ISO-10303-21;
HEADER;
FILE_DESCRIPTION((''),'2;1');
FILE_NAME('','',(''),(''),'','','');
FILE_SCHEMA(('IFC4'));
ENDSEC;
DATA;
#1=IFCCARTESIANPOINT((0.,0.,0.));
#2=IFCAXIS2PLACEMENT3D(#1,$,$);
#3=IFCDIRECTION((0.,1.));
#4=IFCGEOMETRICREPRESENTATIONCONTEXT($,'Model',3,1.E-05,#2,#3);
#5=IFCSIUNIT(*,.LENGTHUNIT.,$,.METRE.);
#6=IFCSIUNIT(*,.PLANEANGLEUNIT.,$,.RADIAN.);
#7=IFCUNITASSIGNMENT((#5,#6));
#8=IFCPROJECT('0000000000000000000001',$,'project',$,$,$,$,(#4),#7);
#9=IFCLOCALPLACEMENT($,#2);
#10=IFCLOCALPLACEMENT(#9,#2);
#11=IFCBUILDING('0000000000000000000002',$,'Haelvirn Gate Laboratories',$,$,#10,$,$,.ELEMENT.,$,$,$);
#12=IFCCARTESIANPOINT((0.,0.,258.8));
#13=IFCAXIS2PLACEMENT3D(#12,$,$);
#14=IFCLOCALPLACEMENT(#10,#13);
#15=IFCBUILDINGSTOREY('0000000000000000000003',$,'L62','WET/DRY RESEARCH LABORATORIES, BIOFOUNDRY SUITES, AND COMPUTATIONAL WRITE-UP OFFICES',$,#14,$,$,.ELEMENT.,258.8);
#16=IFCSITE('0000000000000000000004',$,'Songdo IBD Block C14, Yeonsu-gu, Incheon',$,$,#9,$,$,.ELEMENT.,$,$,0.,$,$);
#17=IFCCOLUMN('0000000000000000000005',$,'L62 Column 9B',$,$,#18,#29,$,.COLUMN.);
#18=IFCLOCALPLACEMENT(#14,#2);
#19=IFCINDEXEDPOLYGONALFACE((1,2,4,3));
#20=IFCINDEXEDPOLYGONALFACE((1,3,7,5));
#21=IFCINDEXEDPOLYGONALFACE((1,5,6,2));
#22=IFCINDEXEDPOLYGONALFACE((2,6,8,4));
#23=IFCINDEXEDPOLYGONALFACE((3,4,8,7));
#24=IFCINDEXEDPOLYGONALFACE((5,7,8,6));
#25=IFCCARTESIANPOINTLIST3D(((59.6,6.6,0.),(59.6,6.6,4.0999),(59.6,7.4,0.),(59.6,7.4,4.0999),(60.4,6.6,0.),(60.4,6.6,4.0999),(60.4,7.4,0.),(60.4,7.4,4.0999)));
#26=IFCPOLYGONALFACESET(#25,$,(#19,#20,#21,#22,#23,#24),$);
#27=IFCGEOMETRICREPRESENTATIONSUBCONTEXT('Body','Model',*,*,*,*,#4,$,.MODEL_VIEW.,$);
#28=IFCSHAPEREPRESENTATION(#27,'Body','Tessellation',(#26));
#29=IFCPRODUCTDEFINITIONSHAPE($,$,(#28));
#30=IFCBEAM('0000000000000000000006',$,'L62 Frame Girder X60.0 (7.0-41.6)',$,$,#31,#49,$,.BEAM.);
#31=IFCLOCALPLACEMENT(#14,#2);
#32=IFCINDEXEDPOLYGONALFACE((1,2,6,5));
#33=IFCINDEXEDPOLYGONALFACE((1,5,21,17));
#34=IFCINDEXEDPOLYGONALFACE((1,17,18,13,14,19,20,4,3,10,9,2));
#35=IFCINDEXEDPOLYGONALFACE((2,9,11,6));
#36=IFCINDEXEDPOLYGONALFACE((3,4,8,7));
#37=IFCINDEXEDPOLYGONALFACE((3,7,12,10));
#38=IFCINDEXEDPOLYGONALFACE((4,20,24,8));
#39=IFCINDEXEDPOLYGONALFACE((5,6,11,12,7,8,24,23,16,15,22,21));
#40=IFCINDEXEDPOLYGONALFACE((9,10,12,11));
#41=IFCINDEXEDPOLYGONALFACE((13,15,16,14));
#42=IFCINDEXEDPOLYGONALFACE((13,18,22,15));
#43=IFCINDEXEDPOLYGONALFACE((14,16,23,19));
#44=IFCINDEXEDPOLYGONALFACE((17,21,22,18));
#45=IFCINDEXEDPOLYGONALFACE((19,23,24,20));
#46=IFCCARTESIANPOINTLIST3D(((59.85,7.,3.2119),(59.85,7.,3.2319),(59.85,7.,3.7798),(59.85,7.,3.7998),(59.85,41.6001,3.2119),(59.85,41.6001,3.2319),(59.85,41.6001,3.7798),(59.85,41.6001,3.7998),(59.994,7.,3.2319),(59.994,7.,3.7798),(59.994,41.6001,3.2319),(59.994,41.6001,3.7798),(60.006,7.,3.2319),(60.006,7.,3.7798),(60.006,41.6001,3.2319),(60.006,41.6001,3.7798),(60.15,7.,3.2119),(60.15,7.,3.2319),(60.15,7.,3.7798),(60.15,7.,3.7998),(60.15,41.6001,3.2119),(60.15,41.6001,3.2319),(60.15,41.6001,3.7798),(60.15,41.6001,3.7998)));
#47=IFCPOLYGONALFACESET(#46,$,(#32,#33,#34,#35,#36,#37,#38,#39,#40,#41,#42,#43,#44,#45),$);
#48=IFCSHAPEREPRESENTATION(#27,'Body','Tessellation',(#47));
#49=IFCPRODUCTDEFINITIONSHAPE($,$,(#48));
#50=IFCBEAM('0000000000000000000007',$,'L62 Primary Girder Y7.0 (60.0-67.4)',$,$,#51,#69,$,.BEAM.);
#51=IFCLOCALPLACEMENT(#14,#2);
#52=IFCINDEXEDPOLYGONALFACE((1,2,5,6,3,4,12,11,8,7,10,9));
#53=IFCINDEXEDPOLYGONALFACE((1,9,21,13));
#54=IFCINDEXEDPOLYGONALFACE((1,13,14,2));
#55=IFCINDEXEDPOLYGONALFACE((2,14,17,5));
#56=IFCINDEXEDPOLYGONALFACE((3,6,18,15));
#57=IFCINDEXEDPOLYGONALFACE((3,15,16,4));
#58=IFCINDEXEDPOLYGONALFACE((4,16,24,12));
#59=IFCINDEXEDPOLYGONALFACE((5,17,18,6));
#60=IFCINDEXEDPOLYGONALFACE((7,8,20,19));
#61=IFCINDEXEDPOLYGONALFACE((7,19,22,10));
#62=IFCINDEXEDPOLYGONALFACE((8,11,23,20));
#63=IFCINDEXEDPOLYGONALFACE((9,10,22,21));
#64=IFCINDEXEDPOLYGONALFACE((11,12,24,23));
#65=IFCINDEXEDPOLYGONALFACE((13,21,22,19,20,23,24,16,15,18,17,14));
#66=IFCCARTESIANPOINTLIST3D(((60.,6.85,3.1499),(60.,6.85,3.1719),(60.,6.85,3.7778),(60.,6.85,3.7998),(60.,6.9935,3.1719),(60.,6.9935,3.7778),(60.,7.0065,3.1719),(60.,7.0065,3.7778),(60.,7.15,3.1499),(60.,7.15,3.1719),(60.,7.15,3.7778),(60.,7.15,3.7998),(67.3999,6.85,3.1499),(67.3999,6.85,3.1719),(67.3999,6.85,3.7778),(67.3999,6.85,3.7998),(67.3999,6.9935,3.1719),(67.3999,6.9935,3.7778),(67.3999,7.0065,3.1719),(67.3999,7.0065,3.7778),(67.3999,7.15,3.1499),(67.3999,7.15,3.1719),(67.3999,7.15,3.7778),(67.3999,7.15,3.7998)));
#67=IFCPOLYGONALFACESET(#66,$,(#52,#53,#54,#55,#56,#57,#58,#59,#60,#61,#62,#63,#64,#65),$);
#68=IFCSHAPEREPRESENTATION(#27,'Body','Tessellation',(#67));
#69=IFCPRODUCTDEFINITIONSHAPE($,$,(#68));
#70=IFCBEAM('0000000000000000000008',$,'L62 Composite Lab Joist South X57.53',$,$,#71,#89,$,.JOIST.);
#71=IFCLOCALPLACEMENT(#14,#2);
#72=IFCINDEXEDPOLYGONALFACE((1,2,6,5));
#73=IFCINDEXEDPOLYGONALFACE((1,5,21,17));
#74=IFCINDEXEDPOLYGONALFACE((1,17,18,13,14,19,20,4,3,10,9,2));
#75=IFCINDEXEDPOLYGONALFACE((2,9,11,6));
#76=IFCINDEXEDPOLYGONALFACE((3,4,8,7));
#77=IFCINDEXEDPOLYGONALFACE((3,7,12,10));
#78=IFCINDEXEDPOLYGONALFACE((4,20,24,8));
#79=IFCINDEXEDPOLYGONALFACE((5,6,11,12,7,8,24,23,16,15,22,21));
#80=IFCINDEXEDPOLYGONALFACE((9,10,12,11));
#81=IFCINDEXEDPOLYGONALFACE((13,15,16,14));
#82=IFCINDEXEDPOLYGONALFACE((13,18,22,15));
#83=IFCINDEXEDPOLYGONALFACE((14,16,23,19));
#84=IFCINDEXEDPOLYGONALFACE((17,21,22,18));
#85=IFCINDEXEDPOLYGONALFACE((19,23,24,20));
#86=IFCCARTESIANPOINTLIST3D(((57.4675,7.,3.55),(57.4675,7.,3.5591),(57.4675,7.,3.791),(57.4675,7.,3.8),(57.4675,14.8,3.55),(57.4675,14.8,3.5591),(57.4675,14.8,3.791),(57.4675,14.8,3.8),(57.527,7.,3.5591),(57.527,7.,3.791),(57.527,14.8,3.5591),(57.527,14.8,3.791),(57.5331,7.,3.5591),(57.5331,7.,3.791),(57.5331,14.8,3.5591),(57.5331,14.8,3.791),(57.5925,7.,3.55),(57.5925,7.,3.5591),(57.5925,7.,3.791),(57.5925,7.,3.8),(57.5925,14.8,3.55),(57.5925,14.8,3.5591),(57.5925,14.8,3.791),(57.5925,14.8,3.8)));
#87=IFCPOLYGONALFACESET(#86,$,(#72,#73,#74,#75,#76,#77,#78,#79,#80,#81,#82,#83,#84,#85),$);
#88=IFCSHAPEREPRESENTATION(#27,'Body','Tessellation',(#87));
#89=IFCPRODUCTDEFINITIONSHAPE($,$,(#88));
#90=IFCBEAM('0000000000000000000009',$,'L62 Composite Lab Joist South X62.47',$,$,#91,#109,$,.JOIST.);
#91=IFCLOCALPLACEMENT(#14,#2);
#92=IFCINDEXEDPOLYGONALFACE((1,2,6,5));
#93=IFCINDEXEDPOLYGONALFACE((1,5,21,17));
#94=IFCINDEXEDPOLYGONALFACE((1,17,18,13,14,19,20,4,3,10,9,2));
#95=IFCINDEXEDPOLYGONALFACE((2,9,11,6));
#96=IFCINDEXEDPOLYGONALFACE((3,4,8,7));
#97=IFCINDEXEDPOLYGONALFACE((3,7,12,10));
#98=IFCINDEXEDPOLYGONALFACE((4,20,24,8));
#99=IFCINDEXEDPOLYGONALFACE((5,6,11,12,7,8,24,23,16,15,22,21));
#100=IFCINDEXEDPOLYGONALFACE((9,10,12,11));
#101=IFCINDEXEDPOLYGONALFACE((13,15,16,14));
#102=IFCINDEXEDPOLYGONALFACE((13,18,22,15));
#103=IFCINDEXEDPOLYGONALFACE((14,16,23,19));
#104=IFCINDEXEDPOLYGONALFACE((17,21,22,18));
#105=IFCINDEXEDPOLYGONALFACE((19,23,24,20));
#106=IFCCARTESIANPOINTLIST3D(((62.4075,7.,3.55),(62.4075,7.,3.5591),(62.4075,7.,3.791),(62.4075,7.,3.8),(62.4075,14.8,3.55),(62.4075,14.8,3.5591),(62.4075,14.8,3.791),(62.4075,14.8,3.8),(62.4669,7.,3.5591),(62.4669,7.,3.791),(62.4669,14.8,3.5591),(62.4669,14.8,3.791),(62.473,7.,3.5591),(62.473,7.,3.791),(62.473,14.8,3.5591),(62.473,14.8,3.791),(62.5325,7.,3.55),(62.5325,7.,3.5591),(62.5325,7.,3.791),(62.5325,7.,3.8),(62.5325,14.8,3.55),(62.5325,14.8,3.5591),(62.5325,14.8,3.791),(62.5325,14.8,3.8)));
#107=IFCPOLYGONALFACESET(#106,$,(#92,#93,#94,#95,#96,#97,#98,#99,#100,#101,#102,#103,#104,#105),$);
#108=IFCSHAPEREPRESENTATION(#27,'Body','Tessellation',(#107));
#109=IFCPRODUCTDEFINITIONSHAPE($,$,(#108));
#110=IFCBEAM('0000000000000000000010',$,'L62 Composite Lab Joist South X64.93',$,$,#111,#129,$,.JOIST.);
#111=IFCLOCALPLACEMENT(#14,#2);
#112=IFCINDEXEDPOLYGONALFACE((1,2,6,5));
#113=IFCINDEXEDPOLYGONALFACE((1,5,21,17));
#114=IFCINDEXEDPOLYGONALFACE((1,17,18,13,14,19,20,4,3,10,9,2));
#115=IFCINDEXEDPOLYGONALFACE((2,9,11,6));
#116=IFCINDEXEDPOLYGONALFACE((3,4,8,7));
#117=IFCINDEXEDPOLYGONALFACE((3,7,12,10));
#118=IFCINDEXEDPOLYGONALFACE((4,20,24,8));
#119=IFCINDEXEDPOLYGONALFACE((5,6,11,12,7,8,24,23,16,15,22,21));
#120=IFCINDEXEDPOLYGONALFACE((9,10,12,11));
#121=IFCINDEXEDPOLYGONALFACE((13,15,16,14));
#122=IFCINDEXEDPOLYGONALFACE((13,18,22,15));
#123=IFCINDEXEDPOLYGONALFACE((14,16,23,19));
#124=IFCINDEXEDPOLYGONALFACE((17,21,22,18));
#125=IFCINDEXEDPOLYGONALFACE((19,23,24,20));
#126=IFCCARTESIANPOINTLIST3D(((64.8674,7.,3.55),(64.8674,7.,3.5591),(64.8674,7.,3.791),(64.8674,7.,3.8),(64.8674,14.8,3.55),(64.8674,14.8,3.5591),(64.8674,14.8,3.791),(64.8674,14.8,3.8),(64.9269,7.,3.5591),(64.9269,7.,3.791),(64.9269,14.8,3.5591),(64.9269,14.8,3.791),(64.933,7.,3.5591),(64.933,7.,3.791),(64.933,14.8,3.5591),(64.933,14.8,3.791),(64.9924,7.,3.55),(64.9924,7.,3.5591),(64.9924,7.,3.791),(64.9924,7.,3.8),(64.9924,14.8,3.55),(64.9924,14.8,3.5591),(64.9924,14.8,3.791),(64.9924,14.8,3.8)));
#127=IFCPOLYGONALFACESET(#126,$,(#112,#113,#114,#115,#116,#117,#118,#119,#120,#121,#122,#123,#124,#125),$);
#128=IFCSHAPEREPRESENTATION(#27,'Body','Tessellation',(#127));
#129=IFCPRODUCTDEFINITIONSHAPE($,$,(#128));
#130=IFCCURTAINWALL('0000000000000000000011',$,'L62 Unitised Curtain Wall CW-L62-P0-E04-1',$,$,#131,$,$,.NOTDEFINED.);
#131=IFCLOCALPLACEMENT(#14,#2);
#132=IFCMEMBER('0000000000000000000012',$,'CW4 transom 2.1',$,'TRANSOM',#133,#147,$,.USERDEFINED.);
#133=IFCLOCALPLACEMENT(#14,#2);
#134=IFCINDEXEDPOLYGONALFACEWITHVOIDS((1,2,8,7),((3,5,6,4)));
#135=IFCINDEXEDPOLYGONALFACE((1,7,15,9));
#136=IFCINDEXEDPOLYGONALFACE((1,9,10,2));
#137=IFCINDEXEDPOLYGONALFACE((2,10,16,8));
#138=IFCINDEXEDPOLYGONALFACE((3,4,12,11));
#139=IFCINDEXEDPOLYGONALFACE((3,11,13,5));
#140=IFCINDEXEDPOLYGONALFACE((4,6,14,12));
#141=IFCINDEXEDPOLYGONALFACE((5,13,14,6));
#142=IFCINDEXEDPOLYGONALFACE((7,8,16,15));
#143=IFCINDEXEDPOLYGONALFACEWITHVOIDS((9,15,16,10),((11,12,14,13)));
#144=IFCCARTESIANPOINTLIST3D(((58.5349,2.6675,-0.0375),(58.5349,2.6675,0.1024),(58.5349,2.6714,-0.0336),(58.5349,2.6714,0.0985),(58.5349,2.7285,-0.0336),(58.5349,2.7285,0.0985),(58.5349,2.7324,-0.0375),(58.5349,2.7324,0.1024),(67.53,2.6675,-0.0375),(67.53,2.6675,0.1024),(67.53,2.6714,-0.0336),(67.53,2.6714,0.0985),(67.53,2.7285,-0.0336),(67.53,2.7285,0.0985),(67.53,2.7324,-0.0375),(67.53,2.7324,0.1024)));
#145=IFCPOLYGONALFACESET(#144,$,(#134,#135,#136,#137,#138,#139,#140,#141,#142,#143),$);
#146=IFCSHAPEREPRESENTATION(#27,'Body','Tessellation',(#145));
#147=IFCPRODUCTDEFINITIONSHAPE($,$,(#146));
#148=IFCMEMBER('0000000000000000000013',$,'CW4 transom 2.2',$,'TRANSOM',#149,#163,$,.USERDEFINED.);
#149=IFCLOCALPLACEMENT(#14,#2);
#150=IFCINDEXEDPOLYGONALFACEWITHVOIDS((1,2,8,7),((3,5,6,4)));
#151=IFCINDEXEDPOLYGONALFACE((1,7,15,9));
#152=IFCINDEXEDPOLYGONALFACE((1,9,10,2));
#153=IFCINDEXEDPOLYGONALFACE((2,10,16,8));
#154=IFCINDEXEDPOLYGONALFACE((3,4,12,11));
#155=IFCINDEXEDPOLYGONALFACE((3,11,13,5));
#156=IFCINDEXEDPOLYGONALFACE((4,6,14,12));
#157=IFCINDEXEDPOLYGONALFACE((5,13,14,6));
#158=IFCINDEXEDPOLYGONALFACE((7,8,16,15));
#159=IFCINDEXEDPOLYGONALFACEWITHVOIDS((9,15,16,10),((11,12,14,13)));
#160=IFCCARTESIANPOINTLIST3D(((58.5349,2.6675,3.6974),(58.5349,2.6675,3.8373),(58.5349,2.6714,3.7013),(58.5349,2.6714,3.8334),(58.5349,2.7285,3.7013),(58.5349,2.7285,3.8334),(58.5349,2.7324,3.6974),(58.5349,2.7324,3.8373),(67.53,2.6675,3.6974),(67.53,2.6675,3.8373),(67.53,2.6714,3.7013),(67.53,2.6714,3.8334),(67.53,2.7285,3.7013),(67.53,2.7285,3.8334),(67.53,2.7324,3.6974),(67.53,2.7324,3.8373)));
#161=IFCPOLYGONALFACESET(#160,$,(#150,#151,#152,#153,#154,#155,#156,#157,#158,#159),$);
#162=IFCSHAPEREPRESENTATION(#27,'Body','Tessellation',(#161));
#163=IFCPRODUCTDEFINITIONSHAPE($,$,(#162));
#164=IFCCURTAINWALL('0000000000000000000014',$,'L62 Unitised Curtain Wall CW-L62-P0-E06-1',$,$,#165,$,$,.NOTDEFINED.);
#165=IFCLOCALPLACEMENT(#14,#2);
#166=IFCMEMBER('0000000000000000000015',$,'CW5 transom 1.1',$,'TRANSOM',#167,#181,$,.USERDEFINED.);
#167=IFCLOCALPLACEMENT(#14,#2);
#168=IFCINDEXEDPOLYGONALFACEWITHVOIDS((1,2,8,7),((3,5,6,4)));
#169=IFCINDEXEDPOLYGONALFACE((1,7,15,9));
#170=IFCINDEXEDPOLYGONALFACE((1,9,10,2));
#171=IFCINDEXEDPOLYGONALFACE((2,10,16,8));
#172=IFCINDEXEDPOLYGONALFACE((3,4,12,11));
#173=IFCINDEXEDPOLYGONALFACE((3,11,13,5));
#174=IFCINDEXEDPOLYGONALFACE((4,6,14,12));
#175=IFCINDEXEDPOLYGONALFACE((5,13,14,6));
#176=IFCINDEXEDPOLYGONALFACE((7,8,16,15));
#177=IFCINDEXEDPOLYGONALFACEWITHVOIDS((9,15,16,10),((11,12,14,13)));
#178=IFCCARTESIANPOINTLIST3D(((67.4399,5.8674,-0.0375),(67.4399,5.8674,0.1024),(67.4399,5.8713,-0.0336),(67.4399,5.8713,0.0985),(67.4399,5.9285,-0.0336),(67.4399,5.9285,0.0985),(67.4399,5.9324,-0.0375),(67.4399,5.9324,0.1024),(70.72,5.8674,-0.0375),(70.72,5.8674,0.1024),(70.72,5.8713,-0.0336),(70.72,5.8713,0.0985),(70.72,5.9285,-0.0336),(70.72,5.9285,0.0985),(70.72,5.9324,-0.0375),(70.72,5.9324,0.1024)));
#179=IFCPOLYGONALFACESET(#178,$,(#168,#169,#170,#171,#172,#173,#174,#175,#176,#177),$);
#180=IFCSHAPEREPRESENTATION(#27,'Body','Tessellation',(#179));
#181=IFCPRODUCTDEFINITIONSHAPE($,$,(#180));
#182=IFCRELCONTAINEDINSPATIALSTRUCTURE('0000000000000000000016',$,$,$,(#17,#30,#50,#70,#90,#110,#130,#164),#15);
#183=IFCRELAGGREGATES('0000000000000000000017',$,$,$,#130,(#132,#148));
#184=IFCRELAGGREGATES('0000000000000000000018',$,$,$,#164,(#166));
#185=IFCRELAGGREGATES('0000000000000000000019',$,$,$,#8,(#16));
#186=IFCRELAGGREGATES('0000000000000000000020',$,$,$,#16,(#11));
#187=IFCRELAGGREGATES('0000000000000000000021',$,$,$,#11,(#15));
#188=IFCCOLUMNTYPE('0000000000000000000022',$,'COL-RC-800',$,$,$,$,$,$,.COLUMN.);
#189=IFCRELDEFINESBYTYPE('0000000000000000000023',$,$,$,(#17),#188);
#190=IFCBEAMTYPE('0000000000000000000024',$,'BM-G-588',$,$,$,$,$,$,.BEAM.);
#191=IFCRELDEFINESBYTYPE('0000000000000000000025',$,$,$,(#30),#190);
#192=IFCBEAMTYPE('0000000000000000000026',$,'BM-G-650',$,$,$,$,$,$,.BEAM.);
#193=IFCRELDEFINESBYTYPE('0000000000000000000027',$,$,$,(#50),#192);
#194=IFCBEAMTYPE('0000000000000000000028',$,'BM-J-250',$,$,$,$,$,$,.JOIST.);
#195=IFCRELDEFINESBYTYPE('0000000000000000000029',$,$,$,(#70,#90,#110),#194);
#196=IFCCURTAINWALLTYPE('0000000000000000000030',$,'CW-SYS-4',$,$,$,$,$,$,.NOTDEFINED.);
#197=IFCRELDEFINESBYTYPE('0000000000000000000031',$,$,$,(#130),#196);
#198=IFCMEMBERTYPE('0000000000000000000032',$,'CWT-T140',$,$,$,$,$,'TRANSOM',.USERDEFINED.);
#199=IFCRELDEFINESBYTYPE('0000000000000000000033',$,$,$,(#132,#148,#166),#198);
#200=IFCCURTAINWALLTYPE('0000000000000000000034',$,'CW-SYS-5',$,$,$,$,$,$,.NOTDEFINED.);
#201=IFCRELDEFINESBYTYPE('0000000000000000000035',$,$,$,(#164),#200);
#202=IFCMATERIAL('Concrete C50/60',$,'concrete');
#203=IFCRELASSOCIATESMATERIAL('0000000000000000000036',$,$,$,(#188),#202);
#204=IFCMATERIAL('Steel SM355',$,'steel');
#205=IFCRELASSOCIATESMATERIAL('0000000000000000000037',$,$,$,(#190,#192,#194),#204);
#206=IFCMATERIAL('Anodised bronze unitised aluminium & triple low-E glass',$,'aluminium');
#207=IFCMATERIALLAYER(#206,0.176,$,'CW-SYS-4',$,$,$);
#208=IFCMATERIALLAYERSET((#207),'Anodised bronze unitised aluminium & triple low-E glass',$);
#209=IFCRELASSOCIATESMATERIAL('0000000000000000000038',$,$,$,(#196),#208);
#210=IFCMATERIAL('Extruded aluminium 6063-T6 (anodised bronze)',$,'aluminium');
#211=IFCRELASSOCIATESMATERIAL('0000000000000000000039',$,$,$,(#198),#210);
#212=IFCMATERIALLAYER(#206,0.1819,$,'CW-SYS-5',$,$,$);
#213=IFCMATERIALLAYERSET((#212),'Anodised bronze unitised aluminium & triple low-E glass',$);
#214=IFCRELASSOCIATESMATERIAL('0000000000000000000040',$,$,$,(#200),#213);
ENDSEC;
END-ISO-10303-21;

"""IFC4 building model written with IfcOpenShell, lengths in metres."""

from ifc_helpers import new_model, si_unit, direction, frame, origin, origin_2d, place, context, subcontext, project, spatial, rectangle, hollow_rectangle, i_section, extrude, source, transform, mapped, material, layer, layer_set, material_profile, profile_set, type_object, type_shapes, element, aggregate, save


model = new_model("IFC4")

# Units and contexts
model_context = context("Model", 3, precision=1e-05, world=origin(), true_north=direction((0.0, 1.0)))
body_context = subcontext(model_context, "Body", "Model", "MODEL_VIEW")
ifc_project = project(units=[si_unit("LENGTHUNIT", "METRE"), si_unit("PLANEANGLEUNIT", "RADIAN")], contexts=[model_context])

# Site, building, storey
site_placement = place(None, origin())
site = spatial("IfcSite", under=ifc_project, at=site_placement, Name="Songdo IBD Block C14, Yeonsu-gu, Incheon", CompositionType="ELEMENT", RefElevation=0.0)
building_placement = place(site_placement, origin())
building = spatial("IfcBuilding", under=site, at=building_placement, Name="Haelvirn Gate Laboratories", CompositionType="ELEMENT")
storey_placement = place(building_placement, frame((0.0, 0.0, 258.8)))
storey = spatial("IfcBuildingStorey", under=building, at=storey_placement, Name="L62", Description="WET/DRY RESEARCH LABORATORIES, BIOFOUNDRY SUITES, AND COMPUTATIONAL WRITE-UP OFFICES", CompositionType="ELEMENT", Elevation=258.8)

# Column
ifc_material_1 = material(Name="Concrete C50/60", Category="concrete")
ifc_material_profile_1 = material_profile(ifc_material_1, rectangle(XDim=0.8, YDim=0.8, at=origin_2d()), Name="RC-800x800")
ifc_profile_set_1 = profile_set([ifc_material_profile_1], Name="Concrete C50/60")
column_type = type_object("IfcColumnType", Name="COL-RC-800", PredefinedType="COLUMN", material=ifc_profile_set_1)
shared_shape_1 = source(origin(), body_context, "Body", "SweptSolid", [
    extrude(rectangle(XDim=0.8, YDim=0.8, at=origin_2d()), origin(), (0.0, 0.0, 1.0), 4.0999),
])
type_shapes(column_type, [shared_shape_1])
column_placement = place(storey_placement, frame((60.0, 7.0, 0.0), z_axis=(0.0, 0.0, 1.0), x_axis=(1.0, 0.0, 0.0)))
element("IfcColumn", 1, at=column_placement, inside=storey, type_object=column_type, Name="L62 Column 9B", PredefinedType="COLUMN", context=body_context, shape_type="MappedRepresentation", body=[
    mapped(shared_shape_1, transform((0.0, 0.0, 0.0), scale=1.0)),
])

# Beams
ifc_material_2 = material(Name="Steel SM355", Category="steel")
ifc_material_profile_2 = material_profile(ifc_material_2, i_section(OverallWidth=0.3, OverallDepth=0.5879, WebThickness=0.012, FlangeThickness=0.02, at=origin_2d()), Name="H-588x300x12x20")
ifc_profile_set_2 = profile_set([ifc_material_profile_2], Name="Steel SM355")
beam_type_1 = type_object("IfcBeamType", Name="BM-G-588", PredefinedType="BEAM", material=ifc_profile_set_2)
shared_shape_2 = source(origin(), body_context, "Body", "SweptSolid", [
    extrude(i_section(OverallWidth=0.3, OverallDepth=0.5879, WebThickness=0.012, FlangeThickness=0.02, at=origin_2d()), origin(), (0.0, 0.0, 1.0), 34.6001),
])
type_shapes(beam_type_1, [shared_shape_2])
beam_1_placement = place(storey_placement, frame((60.0, 7.0, 3.5059), z_axis=(0.0, 1.0, 0.0), x_axis=(-1.0, 0.0, 0.0)))
element("IfcBeam", 2, at=beam_1_placement, inside=storey, type_object=beam_type_1, Name="L62 Frame Girder X60.0 (7.0-41.6)", PredefinedType="BEAM", context=body_context, shape_type="MappedRepresentation", body=[
    mapped(shared_shape_2, transform((0.0, 0.0, 0.0), scale=1.0)),
])
ifc_material_profile_3 = material_profile(ifc_material_2, i_section(OverallWidth=0.3, OverallDepth=0.6499, WebThickness=0.0129, FlangeThickness=0.022, at=origin_2d()), Name="H-650x300x13x22")
ifc_profile_set_3 = profile_set([ifc_material_profile_3], Name="Steel SM355")
beam_type_2 = type_object("IfcBeamType", Name="BM-G-650", PredefinedType="BEAM", material=ifc_profile_set_3)
shared_shape_3 = source(origin(), body_context, "Body", "SweptSolid", [
    extrude(i_section(OverallWidth=0.3, OverallDepth=0.6499, WebThickness=0.0129, FlangeThickness=0.022, at=origin_2d()), origin(), (0.0, 0.0, 1.0), 7.3999),
])
type_shapes(beam_type_2, [shared_shape_3])
beam_2_placement = place(storey_placement, frame((60.0, 7.0, 3.4749), z_axis=(1.0, 0.0, 0.0), x_axis=(0.0, 1.0, 0.0)))
element("IfcBeam", 3, at=beam_2_placement, inside=storey, type_object=beam_type_2, Name="L62 Primary Girder Y7.0 (60.0-67.4)", PredefinedType="BEAM", context=body_context, shape_type="MappedRepresentation", body=[
    mapped(shared_shape_3, transform((0.0, 0.0, 0.0), scale=1.0)),
])
ifc_material_profile_4 = material_profile(ifc_material_2, i_section(OverallWidth=0.125, OverallDepth=0.25, WebThickness=0.0061, FlangeThickness=0.009, at=origin_2d()), Name="H-250x125x6x9")
ifc_profile_set_4 = profile_set([ifc_material_profile_4], Name="Steel SM355")
beam_type_3 = type_object("IfcBeamType", Name="BM-J-250", PredefinedType="JOIST", material=ifc_profile_set_4)
shared_shape_4 = source(origin(), body_context, "Body", "SweptSolid", [
    extrude(i_section(OverallWidth=0.125, OverallDepth=0.25, WebThickness=0.0061, FlangeThickness=0.009, at=origin_2d()), origin(), (0.0, 0.0, 1.0), 7.8),
])
type_shapes(beam_type_3, [shared_shape_4])
for number, where, z_axis, x_axis, name in (
    (4, (57.53, 7.0, 3.675), (0.0, 1.0, 0.0), (-1.0, 0.0, 0.0), "L62 Composite Lab Joist South X57.53"),
    (5, (62.47, 7.0, 3.675), (0.0, 1.0, 0.0), (-1.0, 0.0, 0.0), "L62 Composite Lab Joist South X62.47"),
    (6, (64.9299, 7.0, 3.675), (0.0, 1.0, 0.0), (-1.0, 0.0, 0.0), "L62 Composite Lab Joist South X64.93"),
):
    element("IfcBeam", number, at=place(storey_placement, frame(where, z_axis=z_axis, x_axis=x_axis)), inside=storey, type_object=beam_type_3, Name=name, PredefinedType="JOIST", context=body_context, shape_type="MappedRepresentation", body=[
        mapped(shared_shape_4, transform((0.0, 0.0, 0.0), scale=1.0)),
    ])

# Curtain walls, members
ifc_material_3 = material(Name="Anodised bronze unitised aluminium & triple low-E glass", Category="aluminium")
ifc_layer_1 = layer(ifc_material_3, 0.176, Name="CW-SYS-4")
ifc_layer_set_1 = layer_set([ifc_layer_1], Name="Anodised bronze unitised aluminium & triple low-E glass")
curtain_wall_type_1 = type_object("IfcCurtainWallType", Name="CW-SYS-4", PredefinedType="NOTDEFINED", material=ifc_layer_set_1)
curtain_wall_1_placement = place(storey_placement, origin())
curtain_wall_1 = element("IfcCurtainWall", 7, at=curtain_wall_1_placement, inside=storey, type_object=curtain_wall_type_1, Name="L62 Unitised Curtain Wall CW-L62-P0-E04-1", PredefinedType="NOTDEFINED")
ifc_material_4 = material(Name="Extruded aluminium 6063-T6 (anodised bronze)", Category="aluminium")
ifc_material_profile_5 = material_profile(ifc_material_4, hollow_rectangle(XDim=0.0649, YDim=0.1399, WallThickness=0.0039, at=origin_2d()), Name="CWT-140x65x4")
ifc_profile_set_5 = profile_set([ifc_material_profile_5], Name="Extruded aluminium 6063-T6 (anodised bronze)")
member_type_1 = type_object("IfcMemberType", Name="CWT-T140", ElementType="TRANSOM", PredefinedType="USERDEFINED", material=ifc_profile_set_5)
shared_shape_5 = source(origin(), body_context, "Body", "SweptSolid", [
    extrude(hollow_rectangle(XDim=0.0649, YDim=0.1399, WallThickness=0.0039, at=origin_2d()), origin(), (0.0, 0.0, 1.0), 8.9951),
])
member_1_placement = place(storey_placement, frame((58.5349, 2.7, 0.0325), z_axis=(1.0, 0.0, 0.0), x_axis=(0.0, 1.0, 0.0)))
member_1 = element("IfcMember", 8, at=member_1_placement, type_object=member_type_1, Name="CW4 transom 2.1", ObjectType="TRANSOM", PredefinedType="USERDEFINED", context=body_context, shape_type="MappedRepresentation", body=[
    mapped(shared_shape_5, transform((0.0, 0.0, 0.0), scale=1.0)),
])
member_2_placement = place(storey_placement, frame((58.5349, 2.7, 3.7673), z_axis=(1.0, 0.0, 0.0), x_axis=(0.0, 1.0, 0.0)))
member_2 = element("IfcMember", 9, at=member_2_placement, type_object=member_type_1, Name="CW4 transom 2.2", ObjectType="TRANSOM", PredefinedType="USERDEFINED", context=body_context, shape_type="MappedRepresentation", body=[
    mapped(shared_shape_5, transform((0.0, 0.0, 0.0), scale=1.0)),
])
ifc_layer_2 = layer(ifc_material_3, 0.1819, Name="CW-SYS-5")
ifc_layer_set_2 = layer_set([ifc_layer_2], Name="Anodised bronze unitised aluminium & triple low-E glass")
curtain_wall_type_2 = type_object("IfcCurtainWallType", Name="CW-SYS-5", PredefinedType="NOTDEFINED", material=ifc_layer_set_2)
curtain_wall_2_placement = place(storey_placement, origin())
curtain_wall_2 = element("IfcCurtainWall", 10, at=curtain_wall_2_placement, inside=storey, type_object=curtain_wall_type_2, Name="L62 Unitised Curtain Wall CW-L62-P0-E06-1", PredefinedType="NOTDEFINED")
shared_shape_6 = source(origin(), body_context, "Body", "SweptSolid", [
    extrude(hollow_rectangle(XDim=0.0649, YDim=0.1399, WallThickness=0.0039, at=origin_2d()), origin(), (0.0, 0.0, 1.0), 3.28),
])
member_3_placement = place(storey_placement, frame((67.4399, 5.8999, 0.0325), z_axis=(1.0, 0.0, 0.0), x_axis=(0.0, 1.0, 0.0)))
member_3 = element("IfcMember", 11, at=member_3_placement, type_object=member_type_1, Name="CW5 transom 1.1", ObjectType="TRANSOM", PredefinedType="USERDEFINED", context=body_context, shape_type="MappedRepresentation", body=[
    mapped(shared_shape_6, transform((0.0, 0.0, 0.0), scale=1.0)),
])

aggregate(curtain_wall_1, [member_1, member_2])
aggregate(curtain_wall_2, [member_3])

save(model, "model.ifc")
